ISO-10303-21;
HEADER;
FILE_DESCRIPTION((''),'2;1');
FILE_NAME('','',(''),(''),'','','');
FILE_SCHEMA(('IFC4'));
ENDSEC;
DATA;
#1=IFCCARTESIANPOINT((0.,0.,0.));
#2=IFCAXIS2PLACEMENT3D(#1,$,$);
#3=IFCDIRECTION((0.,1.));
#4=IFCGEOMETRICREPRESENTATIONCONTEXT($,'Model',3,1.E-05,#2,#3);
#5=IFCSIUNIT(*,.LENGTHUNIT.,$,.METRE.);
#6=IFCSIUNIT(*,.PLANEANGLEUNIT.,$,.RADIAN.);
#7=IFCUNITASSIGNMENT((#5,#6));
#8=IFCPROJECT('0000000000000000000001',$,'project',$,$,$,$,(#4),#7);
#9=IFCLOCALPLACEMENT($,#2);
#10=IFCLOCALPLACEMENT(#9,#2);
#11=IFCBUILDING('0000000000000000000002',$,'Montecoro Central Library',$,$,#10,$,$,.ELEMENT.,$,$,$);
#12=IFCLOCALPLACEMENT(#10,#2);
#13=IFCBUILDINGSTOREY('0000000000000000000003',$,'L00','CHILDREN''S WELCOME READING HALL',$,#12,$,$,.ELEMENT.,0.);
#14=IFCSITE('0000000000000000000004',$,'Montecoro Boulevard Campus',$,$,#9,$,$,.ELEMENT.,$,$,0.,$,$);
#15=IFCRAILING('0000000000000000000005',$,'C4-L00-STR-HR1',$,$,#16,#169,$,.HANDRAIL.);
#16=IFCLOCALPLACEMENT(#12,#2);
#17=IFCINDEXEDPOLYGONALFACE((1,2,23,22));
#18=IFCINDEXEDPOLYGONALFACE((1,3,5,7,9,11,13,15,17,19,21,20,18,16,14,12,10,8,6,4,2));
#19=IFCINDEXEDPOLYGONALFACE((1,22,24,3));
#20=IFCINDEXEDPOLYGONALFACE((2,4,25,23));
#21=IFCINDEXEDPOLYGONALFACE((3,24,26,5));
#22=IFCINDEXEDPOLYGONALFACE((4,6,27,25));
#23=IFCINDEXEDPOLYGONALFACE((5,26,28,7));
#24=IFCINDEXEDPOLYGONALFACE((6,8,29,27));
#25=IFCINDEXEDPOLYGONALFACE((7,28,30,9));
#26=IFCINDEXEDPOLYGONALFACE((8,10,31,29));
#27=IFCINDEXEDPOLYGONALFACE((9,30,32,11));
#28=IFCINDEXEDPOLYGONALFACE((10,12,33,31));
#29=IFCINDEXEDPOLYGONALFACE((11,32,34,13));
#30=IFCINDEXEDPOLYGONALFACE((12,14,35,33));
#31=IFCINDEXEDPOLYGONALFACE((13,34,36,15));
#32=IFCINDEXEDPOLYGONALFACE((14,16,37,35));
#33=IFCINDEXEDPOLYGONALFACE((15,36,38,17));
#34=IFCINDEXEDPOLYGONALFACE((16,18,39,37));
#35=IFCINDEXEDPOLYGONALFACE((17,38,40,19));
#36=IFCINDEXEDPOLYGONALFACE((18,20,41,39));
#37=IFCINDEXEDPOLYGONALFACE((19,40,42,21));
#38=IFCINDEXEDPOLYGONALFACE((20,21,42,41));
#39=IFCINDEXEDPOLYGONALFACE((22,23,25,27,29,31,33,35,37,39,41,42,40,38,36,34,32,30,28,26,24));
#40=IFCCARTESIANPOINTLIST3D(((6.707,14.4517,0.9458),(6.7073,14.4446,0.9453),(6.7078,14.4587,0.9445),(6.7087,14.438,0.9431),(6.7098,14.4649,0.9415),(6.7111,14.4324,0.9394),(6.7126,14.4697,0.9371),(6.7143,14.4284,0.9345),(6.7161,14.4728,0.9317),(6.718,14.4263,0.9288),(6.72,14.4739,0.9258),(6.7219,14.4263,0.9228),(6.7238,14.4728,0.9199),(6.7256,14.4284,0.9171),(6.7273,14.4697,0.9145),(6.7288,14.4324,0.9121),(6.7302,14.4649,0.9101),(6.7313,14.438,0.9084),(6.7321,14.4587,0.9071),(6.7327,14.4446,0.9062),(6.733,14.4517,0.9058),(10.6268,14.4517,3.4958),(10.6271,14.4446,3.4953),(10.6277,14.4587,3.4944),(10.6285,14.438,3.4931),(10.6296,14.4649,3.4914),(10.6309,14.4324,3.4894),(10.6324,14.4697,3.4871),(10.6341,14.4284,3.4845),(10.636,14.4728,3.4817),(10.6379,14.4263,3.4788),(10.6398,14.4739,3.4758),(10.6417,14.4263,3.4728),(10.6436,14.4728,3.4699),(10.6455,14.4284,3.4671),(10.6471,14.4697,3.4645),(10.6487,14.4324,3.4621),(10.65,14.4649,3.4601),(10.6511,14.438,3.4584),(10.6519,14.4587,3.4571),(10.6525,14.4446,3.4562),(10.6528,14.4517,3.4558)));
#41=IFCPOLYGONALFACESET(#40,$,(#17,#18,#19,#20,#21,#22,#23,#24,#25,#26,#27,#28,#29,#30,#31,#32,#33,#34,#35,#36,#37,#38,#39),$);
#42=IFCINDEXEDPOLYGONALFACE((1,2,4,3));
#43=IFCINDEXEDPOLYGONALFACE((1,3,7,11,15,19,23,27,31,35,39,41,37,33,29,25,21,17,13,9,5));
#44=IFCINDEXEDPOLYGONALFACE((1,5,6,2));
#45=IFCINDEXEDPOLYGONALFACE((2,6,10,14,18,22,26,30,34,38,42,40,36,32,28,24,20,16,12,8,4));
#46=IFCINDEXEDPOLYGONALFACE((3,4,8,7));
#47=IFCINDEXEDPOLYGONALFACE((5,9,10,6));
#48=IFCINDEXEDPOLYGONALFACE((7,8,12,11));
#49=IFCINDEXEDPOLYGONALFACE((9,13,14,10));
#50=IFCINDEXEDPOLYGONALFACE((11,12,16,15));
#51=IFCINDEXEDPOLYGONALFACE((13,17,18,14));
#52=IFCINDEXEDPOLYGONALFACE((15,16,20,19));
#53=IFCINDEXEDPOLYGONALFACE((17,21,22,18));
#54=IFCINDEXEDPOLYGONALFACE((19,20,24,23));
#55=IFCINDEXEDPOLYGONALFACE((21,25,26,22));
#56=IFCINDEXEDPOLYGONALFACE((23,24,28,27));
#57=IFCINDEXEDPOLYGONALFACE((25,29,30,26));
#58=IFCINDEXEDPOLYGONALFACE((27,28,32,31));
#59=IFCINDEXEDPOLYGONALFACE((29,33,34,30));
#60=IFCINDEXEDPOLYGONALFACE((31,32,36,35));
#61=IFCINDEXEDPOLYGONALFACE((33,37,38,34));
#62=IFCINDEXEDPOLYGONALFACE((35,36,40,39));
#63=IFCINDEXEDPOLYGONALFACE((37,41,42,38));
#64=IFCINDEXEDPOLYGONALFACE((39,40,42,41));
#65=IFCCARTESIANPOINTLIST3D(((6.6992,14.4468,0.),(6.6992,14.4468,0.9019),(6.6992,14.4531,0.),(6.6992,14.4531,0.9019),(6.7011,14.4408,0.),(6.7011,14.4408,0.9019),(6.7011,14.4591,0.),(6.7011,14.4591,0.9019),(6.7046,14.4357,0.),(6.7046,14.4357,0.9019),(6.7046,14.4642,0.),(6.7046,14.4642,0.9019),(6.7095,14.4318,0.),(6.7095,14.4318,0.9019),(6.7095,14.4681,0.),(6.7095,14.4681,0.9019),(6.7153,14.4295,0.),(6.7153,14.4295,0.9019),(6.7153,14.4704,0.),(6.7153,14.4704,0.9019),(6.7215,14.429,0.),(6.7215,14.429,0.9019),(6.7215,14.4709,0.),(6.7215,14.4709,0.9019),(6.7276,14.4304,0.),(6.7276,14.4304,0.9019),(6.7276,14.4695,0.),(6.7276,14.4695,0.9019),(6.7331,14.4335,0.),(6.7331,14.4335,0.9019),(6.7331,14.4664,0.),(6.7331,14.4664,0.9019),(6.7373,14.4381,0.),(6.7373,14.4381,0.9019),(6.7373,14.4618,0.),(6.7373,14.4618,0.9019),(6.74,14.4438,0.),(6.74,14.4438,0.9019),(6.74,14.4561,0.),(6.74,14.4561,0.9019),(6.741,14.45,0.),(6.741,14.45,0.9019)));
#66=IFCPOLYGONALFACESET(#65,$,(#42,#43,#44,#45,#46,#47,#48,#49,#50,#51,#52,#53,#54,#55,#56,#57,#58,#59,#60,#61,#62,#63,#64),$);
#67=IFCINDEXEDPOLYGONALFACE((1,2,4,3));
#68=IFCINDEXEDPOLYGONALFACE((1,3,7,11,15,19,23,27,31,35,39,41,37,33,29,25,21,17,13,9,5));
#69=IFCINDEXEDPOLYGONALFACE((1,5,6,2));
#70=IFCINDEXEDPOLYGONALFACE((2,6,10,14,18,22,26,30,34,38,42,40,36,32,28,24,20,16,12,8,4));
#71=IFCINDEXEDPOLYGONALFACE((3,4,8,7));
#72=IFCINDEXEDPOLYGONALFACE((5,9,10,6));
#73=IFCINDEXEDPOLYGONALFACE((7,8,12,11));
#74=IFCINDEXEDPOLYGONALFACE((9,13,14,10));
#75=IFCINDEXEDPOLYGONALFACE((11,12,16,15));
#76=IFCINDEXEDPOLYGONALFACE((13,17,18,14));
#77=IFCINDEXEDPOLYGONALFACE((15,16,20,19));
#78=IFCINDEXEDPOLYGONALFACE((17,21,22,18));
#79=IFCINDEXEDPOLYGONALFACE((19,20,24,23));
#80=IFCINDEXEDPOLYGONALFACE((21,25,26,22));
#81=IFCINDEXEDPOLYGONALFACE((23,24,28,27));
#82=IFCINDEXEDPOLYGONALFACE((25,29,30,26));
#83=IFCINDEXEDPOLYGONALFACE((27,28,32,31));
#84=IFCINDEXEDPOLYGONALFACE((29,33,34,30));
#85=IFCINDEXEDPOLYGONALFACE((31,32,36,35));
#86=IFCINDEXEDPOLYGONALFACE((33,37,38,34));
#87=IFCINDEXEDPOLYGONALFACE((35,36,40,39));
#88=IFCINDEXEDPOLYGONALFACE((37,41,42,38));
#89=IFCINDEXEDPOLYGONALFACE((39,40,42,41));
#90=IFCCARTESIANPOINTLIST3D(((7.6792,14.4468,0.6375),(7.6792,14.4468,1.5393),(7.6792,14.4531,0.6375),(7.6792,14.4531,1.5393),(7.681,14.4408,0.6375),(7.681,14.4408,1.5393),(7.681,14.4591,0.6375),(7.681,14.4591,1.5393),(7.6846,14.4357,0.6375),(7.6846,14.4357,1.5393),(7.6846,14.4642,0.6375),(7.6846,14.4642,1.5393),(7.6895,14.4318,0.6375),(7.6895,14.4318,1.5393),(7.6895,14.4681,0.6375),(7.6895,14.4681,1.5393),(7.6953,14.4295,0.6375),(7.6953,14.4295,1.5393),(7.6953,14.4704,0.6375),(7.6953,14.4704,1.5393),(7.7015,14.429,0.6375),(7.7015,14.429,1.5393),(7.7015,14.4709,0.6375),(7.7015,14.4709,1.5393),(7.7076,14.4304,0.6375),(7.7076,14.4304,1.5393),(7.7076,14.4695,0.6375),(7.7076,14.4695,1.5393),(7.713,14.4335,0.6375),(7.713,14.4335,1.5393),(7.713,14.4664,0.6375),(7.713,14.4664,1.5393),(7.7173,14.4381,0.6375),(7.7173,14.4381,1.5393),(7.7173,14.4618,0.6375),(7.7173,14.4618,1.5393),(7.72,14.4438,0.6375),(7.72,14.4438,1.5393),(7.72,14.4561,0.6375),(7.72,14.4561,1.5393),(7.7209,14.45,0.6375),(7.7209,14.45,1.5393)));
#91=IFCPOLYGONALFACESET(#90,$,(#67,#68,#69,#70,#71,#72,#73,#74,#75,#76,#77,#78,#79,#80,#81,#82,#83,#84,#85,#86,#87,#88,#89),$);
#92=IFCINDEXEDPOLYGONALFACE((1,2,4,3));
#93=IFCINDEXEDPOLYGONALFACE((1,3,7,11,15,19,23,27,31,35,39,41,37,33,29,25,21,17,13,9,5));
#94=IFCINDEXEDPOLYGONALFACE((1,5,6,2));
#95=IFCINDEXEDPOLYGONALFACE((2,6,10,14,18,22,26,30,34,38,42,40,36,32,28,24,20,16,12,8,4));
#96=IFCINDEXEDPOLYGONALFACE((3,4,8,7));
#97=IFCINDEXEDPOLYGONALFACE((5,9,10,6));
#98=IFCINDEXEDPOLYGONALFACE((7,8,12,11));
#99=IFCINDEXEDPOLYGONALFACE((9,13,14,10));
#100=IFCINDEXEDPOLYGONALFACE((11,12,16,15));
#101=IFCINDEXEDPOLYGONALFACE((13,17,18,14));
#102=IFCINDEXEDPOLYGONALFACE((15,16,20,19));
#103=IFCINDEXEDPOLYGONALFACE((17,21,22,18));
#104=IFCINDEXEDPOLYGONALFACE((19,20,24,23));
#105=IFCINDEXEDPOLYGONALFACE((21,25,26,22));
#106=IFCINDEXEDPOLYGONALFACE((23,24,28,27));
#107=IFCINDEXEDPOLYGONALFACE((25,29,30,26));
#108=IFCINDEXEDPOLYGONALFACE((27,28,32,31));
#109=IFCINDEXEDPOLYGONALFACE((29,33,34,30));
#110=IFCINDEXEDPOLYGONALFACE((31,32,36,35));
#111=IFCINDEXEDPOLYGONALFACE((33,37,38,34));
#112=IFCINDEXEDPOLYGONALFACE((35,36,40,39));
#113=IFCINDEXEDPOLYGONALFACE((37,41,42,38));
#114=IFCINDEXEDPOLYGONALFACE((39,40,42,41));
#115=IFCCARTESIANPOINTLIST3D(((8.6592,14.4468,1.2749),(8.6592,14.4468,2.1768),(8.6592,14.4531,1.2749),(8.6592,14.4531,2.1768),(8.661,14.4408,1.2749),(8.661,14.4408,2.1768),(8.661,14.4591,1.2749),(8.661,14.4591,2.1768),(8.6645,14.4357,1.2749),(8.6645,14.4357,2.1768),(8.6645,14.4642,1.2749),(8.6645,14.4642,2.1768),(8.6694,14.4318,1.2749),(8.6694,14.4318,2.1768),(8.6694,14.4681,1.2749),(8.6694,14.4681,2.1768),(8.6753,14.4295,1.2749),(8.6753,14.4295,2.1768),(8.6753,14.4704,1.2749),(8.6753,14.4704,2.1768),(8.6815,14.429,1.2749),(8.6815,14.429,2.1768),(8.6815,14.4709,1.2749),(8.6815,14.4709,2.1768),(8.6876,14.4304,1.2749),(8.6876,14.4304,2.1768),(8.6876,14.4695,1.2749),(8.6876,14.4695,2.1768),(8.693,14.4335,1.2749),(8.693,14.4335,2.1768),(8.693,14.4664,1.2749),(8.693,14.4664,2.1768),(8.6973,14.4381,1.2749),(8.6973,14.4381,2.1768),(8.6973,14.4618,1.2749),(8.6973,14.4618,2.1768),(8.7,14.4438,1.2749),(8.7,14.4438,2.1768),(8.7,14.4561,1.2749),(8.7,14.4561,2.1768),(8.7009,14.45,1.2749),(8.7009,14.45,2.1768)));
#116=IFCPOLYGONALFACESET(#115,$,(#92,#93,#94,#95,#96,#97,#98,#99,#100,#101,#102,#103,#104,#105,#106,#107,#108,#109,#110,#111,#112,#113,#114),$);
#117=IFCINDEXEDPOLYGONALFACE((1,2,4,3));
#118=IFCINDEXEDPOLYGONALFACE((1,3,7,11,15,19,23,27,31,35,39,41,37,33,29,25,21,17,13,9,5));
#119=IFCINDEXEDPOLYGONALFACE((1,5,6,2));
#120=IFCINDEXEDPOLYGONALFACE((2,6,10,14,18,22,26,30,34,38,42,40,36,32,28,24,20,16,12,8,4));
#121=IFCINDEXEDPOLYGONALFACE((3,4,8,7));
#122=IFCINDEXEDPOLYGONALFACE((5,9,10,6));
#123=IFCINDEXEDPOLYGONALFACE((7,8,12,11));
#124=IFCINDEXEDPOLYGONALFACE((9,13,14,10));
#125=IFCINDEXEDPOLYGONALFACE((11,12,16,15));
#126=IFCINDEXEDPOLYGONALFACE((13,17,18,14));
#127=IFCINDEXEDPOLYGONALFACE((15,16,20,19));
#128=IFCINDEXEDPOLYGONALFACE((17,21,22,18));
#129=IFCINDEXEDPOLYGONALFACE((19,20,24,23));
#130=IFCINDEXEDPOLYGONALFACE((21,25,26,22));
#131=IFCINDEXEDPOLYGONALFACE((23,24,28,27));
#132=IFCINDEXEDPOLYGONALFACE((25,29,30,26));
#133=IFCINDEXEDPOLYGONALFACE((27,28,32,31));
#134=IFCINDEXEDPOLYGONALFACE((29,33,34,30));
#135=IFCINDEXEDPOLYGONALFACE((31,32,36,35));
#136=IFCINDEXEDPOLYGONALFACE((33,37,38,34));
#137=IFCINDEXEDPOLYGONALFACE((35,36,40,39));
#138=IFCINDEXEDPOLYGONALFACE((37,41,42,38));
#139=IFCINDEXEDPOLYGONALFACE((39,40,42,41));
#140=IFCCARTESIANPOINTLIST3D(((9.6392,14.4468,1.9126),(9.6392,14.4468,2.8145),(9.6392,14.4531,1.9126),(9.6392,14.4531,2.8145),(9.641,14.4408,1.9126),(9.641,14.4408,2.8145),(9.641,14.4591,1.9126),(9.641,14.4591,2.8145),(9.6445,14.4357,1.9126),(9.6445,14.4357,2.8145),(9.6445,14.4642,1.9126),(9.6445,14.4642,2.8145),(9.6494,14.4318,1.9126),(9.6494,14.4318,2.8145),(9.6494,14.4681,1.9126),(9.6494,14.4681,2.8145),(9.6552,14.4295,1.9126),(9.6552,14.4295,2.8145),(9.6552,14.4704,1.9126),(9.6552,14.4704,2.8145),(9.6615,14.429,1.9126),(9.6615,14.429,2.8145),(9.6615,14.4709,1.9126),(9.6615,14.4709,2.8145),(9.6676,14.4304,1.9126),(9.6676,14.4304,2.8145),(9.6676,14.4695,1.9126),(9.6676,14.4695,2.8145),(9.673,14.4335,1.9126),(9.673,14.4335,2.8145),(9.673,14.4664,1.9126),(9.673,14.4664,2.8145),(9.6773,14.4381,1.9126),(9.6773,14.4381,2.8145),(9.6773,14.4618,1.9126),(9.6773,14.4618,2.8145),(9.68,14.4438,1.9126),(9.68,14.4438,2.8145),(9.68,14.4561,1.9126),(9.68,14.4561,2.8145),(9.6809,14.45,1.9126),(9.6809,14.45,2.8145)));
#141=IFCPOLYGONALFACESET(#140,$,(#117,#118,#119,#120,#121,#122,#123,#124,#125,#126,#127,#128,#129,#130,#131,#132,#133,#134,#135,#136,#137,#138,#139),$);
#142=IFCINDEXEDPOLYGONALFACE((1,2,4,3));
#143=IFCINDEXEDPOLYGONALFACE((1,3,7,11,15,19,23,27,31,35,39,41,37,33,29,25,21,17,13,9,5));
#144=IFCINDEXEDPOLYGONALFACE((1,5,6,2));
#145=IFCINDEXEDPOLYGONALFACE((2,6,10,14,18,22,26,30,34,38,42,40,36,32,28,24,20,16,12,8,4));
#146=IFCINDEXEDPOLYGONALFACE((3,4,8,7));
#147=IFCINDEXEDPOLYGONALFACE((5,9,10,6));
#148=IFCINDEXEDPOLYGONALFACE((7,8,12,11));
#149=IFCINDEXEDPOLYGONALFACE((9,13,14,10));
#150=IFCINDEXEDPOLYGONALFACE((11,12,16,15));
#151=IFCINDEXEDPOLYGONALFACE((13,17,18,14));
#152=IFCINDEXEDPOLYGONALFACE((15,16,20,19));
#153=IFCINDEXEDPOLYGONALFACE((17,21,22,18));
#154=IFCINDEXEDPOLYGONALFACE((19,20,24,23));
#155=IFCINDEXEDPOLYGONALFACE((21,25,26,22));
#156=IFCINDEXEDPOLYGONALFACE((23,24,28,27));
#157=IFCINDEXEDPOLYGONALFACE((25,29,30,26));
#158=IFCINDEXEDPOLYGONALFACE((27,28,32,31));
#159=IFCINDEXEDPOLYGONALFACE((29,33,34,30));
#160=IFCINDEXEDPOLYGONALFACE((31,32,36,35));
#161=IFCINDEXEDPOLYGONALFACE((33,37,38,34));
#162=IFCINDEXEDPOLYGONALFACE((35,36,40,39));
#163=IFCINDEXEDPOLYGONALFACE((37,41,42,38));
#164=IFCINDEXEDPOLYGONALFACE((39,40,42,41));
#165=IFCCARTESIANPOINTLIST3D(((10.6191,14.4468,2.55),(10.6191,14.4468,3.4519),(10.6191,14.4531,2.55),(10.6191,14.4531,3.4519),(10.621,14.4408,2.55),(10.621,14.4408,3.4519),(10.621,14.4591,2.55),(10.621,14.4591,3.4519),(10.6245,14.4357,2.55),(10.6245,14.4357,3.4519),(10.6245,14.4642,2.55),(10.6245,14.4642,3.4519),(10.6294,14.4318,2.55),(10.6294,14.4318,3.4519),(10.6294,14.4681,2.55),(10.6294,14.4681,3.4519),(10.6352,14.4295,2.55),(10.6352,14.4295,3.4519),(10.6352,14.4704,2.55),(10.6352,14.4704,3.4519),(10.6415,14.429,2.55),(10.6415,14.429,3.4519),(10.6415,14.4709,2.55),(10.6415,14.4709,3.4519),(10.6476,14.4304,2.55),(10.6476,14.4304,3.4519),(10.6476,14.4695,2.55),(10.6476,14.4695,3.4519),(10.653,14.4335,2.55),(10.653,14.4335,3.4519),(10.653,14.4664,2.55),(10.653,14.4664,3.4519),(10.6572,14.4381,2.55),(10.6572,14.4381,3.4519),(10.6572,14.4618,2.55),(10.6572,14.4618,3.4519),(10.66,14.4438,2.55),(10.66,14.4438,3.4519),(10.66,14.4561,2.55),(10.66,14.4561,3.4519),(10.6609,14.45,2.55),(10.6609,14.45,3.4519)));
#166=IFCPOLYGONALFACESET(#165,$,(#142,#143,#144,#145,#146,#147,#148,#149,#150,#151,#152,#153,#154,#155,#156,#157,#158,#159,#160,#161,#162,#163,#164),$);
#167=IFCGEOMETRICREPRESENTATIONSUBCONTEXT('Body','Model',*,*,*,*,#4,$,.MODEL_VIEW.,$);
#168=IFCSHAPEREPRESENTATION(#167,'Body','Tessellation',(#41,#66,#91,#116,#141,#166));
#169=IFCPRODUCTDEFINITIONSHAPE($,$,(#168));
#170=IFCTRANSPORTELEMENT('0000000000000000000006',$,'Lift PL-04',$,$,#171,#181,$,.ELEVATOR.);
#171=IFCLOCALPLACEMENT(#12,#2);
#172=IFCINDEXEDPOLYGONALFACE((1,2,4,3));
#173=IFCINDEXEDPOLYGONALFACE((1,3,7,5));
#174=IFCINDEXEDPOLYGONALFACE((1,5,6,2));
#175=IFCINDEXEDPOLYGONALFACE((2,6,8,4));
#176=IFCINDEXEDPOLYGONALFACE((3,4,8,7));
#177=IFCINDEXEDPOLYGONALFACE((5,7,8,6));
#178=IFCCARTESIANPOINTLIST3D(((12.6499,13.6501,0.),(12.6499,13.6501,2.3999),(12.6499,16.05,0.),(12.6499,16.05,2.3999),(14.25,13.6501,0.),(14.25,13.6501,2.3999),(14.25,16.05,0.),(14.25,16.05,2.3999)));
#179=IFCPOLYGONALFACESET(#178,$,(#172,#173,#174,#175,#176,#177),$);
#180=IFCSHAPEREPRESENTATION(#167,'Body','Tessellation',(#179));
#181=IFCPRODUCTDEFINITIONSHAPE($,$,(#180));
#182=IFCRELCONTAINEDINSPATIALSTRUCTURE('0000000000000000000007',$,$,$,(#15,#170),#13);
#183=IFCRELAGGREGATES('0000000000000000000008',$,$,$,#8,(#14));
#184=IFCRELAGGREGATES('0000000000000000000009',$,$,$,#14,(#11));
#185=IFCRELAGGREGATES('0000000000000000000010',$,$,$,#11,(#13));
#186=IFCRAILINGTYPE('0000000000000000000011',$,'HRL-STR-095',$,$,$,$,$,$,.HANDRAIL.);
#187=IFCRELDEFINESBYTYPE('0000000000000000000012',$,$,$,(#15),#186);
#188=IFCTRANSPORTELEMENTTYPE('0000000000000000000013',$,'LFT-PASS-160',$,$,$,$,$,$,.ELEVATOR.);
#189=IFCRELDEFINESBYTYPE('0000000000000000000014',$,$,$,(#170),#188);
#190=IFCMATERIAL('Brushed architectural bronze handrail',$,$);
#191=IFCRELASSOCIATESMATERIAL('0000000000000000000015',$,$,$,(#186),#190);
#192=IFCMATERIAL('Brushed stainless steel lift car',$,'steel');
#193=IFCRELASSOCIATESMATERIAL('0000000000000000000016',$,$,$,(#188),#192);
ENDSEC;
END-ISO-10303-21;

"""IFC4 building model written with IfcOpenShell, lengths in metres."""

from ifc_helpers import new_model, si_unit, direction, frame, origin, origin_2d, place, context, subcontext, project, spatial, rectangle, circle, extrude, material, type_object, element, save


model = new_model("IFC4")

# Units and contexts
model_context = context("Model", 3, precision=1e-05, world=origin(), true_north=direction((0.0, 1.0)))
body_context = subcontext(model_context, "Body", "Model", "MODEL_VIEW")
ifc_project = project(units=[si_unit("LENGTHUNIT", "METRE"), si_unit("PLANEANGLEUNIT", "RADIAN")], contexts=[model_context])

# Site, building, storey
site_placement = place(None, origin())
site = spatial("IfcSite", under=ifc_project, at=site_placement, Name="Montecoro Boulevard Campus", CompositionType="ELEMENT", RefElevation=0.0)
building_placement = place(site_placement, origin())
building = spatial("IfcBuilding", under=site, at=building_placement, Name="Montecoro Central Library", CompositionType="ELEMENT")
storey_placement = place(building_placement, origin())
storey = spatial("IfcBuildingStorey", under=building, at=storey_placement, Name="L00", Description="CHILDREN'S WELCOME READING HALL", CompositionType="ELEMENT", Elevation=0.0)

# Railing
ifc_material_1 = material(Name="Brushed architectural bronze handrail")
railing_type_1 = type_object("IfcRailingType", Name="HRL-STR-095", PredefinedType="HANDRAIL", material=ifc_material_1)
railing_1_placement = place(storey_placement, frame((6.72, 14.45, 0.0)))
element("IfcRailing", 1, at=railing_1_placement, inside=storey, type_object=railing_type_1, Name="C4-L00-STR-HR1", PredefinedType="HANDRAIL", context=body_context, shape_type="SweptSolid", body=[
    extrude(circle(Radius=0.0239, at=origin_2d()), frame((0.0, 0.0, 0.9258), z_axis=(0.838238, 0.0, 0.545304), x_axis=(0.0, 1.0, 0.0)), (0.0, 0.0, 1.0), 4.6763),
    extrude(circle(Radius=0.021, at=origin_2d()), origin(), (0.0, 0.0, 1.0), 0.9019),
    extrude(circle(Radius=0.021, at=origin_2d()), frame((0.98, 0.0, 0.6375)), (0.0, 0.0, 1.0), 0.9019),
    extrude(circle(Radius=0.021, at=origin_2d()), frame((1.96, 0.0, 1.2749)), (0.0, 0.0, 1.0), 0.9019),
    extrude(circle(Radius=0.021, at=origin_2d()), frame((2.9399, 0.0, 1.9126)), (0.0, 0.0, 1.0), 0.9019),
    extrude(circle(Radius=0.021, at=origin_2d()), frame((3.9199, 0.0, 2.55)), (0.0, 0.0, 1.0), 0.9019),
])

# Transport element
ifc_material_2 = material(Name="Brushed stainless steel lift car", Category="steel")
transport_element_type = type_object("IfcTransportElementType", Name="LFT-PASS-160", PredefinedType="ELEVATOR", material=ifc_material_2)
transport_element_placement = place(storey_placement, frame((13.45, 14.8501, 0.0), z_axis=(0.0, 0.0, 1.0), x_axis=(1.0, 0.0, 0.0)))
element("IfcTransportElement", 2, at=transport_element_placement, inside=storey, type_object=transport_element_type, Name="Lift PL-04", PredefinedType="ELEVATOR", context=body_context, shape_type="SweptSolid", body=[
    extrude(rectangle(XDim=1.6001, YDim=2.3999, at=origin_2d()), origin(), (0.0, 0.0, 1.0), 2.3999),
])

save(model, "model.ifc")
